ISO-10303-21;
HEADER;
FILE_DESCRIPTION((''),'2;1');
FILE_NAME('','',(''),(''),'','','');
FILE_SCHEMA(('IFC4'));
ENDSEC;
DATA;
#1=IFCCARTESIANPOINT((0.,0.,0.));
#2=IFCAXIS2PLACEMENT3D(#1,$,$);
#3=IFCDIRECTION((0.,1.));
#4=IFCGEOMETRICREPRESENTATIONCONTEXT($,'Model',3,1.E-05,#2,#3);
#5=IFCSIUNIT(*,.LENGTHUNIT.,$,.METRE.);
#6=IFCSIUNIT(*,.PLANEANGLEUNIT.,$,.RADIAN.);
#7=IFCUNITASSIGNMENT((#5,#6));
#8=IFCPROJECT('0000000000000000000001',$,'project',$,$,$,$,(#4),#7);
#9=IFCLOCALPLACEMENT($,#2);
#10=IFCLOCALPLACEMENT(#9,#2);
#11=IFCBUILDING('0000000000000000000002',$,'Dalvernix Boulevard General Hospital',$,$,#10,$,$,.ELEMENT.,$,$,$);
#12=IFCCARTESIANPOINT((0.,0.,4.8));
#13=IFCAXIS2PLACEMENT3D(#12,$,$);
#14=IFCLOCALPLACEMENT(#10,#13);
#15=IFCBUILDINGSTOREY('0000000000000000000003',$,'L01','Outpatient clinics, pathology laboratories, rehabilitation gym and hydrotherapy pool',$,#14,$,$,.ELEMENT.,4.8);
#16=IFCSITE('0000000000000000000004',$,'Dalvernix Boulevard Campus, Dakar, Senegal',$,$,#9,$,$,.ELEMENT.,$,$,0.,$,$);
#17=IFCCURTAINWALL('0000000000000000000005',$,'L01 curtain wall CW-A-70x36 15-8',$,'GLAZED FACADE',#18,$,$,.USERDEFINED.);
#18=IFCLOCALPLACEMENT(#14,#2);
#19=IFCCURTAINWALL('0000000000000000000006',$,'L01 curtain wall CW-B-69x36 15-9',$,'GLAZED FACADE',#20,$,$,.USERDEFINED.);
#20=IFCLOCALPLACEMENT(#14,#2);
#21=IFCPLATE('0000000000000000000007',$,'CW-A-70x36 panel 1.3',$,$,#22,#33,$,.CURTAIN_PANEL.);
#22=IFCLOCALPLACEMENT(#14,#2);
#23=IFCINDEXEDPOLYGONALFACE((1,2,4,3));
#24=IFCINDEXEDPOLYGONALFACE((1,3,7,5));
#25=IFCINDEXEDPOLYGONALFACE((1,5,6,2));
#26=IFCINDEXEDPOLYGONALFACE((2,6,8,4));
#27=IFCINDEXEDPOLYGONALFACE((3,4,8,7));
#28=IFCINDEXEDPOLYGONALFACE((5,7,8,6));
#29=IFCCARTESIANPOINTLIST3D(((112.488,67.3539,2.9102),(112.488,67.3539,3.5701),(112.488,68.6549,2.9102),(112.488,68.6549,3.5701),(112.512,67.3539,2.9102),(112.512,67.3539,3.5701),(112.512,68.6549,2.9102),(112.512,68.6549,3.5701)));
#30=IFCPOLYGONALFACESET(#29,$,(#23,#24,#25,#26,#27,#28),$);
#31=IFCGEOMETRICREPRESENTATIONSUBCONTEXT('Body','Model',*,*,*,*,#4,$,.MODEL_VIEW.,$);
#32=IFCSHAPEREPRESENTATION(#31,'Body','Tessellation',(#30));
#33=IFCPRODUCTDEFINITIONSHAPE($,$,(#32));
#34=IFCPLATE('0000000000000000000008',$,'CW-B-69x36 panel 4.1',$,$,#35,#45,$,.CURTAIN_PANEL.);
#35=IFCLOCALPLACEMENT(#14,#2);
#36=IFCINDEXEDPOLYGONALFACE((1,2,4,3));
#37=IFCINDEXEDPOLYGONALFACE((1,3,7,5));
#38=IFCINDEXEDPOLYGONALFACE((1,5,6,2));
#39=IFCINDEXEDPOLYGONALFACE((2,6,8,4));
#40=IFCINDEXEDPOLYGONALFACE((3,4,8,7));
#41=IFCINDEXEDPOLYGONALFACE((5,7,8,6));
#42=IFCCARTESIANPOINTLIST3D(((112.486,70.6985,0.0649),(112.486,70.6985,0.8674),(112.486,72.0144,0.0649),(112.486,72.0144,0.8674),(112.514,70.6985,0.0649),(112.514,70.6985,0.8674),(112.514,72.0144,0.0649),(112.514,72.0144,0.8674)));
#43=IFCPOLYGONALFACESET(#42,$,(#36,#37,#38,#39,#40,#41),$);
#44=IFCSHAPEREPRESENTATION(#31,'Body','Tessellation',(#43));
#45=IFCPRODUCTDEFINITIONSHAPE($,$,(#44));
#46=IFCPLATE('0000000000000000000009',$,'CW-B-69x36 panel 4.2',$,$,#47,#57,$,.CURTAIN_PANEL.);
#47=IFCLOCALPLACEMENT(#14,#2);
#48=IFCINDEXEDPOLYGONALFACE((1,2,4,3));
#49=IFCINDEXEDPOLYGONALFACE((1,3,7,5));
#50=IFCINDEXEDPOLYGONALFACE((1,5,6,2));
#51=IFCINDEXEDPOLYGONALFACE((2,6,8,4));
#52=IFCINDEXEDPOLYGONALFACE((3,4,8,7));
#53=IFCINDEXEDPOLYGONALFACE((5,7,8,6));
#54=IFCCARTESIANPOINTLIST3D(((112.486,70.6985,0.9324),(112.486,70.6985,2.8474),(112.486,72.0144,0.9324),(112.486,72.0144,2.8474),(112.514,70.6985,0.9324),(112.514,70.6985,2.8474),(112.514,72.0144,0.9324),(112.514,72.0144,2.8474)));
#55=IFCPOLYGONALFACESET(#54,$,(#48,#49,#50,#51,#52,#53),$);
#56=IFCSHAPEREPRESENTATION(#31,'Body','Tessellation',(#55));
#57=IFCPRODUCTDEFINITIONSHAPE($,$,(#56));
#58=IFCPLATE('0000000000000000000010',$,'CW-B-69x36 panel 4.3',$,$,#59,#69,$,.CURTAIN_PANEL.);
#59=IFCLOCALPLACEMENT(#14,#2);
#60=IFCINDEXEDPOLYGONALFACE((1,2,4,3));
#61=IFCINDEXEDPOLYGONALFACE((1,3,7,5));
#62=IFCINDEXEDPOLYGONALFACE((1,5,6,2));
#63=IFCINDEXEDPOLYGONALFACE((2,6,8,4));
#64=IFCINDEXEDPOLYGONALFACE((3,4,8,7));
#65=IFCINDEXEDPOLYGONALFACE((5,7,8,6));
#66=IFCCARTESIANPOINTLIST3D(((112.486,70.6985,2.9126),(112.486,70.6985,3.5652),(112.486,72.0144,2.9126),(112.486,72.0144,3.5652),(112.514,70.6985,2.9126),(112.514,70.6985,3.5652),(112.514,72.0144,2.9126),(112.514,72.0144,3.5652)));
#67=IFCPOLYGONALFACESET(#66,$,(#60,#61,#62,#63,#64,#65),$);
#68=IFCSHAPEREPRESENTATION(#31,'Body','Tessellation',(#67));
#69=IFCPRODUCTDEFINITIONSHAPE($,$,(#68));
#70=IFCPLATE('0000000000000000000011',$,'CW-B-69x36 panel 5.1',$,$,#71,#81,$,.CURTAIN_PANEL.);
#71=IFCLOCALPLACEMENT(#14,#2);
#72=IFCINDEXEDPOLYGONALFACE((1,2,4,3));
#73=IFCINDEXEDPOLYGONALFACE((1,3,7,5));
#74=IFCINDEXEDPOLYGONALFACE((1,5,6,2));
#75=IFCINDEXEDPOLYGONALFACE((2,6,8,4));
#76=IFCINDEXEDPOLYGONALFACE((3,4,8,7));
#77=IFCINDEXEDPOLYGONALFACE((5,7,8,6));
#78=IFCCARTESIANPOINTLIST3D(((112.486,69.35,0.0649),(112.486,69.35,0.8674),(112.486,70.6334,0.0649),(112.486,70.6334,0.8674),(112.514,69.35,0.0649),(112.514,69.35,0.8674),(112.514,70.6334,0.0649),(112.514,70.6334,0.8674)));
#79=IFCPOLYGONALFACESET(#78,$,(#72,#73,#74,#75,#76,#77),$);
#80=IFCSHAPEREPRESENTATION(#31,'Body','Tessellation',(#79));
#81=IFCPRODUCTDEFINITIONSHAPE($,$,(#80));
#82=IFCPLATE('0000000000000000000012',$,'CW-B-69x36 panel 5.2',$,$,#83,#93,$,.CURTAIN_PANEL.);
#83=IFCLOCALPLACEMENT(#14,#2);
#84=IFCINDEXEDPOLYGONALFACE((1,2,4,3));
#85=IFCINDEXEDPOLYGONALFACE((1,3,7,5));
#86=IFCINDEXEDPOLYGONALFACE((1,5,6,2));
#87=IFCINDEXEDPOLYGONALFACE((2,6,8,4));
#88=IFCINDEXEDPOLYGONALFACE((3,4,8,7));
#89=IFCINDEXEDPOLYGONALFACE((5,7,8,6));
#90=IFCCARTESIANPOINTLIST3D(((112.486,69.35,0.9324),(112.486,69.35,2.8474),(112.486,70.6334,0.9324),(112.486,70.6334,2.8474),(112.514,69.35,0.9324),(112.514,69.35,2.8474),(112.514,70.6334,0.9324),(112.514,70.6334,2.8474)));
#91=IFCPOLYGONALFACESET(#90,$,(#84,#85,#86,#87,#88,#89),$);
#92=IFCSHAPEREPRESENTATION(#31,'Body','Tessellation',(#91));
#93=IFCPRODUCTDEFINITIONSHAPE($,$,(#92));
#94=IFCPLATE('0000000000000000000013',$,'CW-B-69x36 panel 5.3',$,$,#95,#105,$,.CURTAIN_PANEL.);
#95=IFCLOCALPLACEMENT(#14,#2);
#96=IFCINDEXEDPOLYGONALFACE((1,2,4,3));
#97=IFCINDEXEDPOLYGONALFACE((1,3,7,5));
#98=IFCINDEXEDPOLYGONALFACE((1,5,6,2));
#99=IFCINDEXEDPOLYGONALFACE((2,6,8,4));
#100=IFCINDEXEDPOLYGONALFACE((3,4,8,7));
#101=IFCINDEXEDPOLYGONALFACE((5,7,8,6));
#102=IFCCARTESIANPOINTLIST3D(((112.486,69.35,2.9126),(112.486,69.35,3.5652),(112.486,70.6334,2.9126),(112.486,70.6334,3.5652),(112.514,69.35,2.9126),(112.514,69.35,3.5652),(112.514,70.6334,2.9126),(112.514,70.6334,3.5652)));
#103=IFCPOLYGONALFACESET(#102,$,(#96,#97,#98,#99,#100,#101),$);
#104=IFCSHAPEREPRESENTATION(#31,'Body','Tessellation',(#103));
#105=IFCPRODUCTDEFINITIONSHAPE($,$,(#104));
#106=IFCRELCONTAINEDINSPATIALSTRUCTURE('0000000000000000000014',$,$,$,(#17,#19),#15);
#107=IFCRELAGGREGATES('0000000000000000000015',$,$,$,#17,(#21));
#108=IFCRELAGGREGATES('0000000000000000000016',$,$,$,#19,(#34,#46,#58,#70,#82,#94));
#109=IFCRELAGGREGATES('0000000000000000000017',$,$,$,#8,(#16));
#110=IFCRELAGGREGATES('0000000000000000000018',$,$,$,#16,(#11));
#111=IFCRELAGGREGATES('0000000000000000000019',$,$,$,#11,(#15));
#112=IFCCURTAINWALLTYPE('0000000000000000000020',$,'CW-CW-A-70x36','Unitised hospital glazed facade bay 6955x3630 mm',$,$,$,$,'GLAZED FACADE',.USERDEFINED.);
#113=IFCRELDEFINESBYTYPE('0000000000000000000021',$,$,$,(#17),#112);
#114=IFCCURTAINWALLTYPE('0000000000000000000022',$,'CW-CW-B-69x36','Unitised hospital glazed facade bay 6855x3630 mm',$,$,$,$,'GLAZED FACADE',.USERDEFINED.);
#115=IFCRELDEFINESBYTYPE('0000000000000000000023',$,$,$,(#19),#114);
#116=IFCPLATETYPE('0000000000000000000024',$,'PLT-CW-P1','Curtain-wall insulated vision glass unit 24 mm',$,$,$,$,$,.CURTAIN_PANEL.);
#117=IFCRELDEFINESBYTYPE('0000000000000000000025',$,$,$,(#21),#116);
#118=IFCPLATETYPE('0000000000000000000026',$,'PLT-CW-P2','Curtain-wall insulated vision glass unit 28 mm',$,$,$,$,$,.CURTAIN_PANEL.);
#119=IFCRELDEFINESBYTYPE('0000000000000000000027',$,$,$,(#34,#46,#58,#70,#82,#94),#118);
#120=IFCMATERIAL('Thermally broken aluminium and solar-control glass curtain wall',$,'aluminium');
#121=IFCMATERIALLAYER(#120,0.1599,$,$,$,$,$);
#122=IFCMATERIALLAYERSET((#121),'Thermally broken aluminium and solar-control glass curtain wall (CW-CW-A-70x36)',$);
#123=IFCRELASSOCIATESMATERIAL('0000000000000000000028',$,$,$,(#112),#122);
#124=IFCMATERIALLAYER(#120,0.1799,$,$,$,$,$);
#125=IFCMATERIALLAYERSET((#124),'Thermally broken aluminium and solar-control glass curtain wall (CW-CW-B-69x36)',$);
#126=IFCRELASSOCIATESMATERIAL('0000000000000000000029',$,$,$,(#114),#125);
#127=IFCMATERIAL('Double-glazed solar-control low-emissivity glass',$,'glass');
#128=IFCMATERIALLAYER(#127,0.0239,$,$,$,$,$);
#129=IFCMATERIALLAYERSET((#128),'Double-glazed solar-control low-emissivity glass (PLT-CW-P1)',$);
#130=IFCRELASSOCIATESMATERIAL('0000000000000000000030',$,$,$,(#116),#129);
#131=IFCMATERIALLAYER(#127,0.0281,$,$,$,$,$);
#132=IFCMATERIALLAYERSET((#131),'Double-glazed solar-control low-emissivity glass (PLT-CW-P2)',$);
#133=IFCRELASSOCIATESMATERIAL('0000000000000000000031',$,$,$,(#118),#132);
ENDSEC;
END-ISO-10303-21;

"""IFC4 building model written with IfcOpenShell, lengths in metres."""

from ifc_helpers import new_model, si_unit, direction, frame, origin, origin_2d, place, context, subcontext, project, spatial, rectangle, extrude, material, layer, layer_set, type_object, element, aggregate, save


model = new_model("IFC4")

# Units and contexts
model_context = context("Model", 3, precision=1e-05, world=origin(), true_north=direction((0.0, 1.0)))
body_context = subcontext(model_context, "Body", "Model", "MODEL_VIEW")
ifc_project = project(units=[si_unit("LENGTHUNIT", "METRE"), si_unit("PLANEANGLEUNIT", "RADIAN")], contexts=[model_context])

# Site, building, storey
site_placement = place(None, origin())
site = spatial("IfcSite", under=ifc_project, at=site_placement, Name="Dalvernix Boulevard Campus, Dakar, Senegal", CompositionType="ELEMENT", RefElevation=0.0)
building_placement = place(site_placement, origin())
building = spatial("IfcBuilding", under=site, at=building_placement, Name="Dalvernix Boulevard General Hospital", CompositionType="ELEMENT")
storey_placement = place(building_placement, frame((0.0, 0.0, 4.8)))
storey = spatial("IfcBuildingStorey", under=building, at=storey_placement, Name="L01", Description="Outpatient clinics, pathology laboratories, rehabilitation gym and hydrotherapy pool", CompositionType="ELEMENT", Elevation=4.8)

# Curtain wall
ifc_material_1 = material(Name="Thermally broken aluminium and solar-control glass curtain wall", Category="aluminium")
ifc_layer_1 = layer(ifc_material_1, 0.1599)
ifc_layer_set_1 = layer_set([ifc_layer_1], Name="Thermally broken aluminium and solar-control glass curtain wall (CW-CW-A-70x36)")
curtain_wall_type_1 = type_object("IfcCurtainWallType", Name="CW-CW-A-70x36", Description="Unitised hospital glazed facade bay 6955x3630 mm", ElementType="GLAZED FACADE", PredefinedType="USERDEFINED", material=ifc_layer_set_1)
curtain_wall_1_placement = place(storey_placement, origin())
curtain_wall_1 = element("IfcCurtainWall", 1, at=curtain_wall_1_placement, inside=storey, type_object=curtain_wall_type_1, Name="L01 curtain wall CW-A-70x36 15-8", ObjectType="GLAZED FACADE", PredefinedType="USERDEFINED")

# Curtain wall
ifc_layer_2 = layer(ifc_material_1, 0.1799)
ifc_layer_set_2 = layer_set([ifc_layer_2], Name="Thermally broken aluminium and solar-control glass curtain wall (CW-CW-B-69x36)")
curtain_wall_type_2 = type_object("IfcCurtainWallType", Name="CW-CW-B-69x36", Description="Unitised hospital glazed facade bay 6855x3630 mm", ElementType="GLAZED FACADE", PredefinedType="USERDEFINED", material=ifc_layer_set_2)
curtain_wall_2_placement = place(storey_placement, origin())
curtain_wall_2 = element("IfcCurtainWall", 2, at=curtain_wall_2_placement, inside=storey, type_object=curtain_wall_type_2, Name="L01 curtain wall CW-B-69x36 15-9", ObjectType="GLAZED FACADE", PredefinedType="USERDEFINED")

# Plates
ifc_material_2 = material(Name="Double-glazed solar-control low-emissivity glass", Category="glass")
ifc_layer_3 = layer(ifc_material_2, 0.0239)
ifc_layer_set_3 = layer_set([ifc_layer_3], Name="Double-glazed solar-control low-emissivity glass (PLT-CW-P1)")
plate_type_1 = type_object("IfcPlateType", Name="PLT-CW-P1", Description="Curtain-wall insulated vision glass unit 24 mm", PredefinedType="CURTAIN_PANEL", material=ifc_layer_set_3)
plate_1_placement = place(storey_placement, frame((112.5, 68.0044, 2.9102), z_axis=(0.0, 0.0, 1.0), x_axis=(0.0, -1.0, 0.0)))
plate_1 = element("IfcPlate", 3, at=plate_1_placement, type_object=plate_type_1, Name="CW-A-70x36 panel 1.3", PredefinedType="CURTAIN_PANEL", context=body_context, shape_type="SweptSolid", body=[
    extrude(rectangle(XDim=1.301, YDim=0.0239, at=origin_2d()), origin(), (0.0, 0.0, 1.0), 0.6599),
])
aggregate(curtain_wall_1, [plate_1])
ifc_layer_4 = layer(ifc_material_2, 0.0281)
ifc_layer_set_4 = layer_set([ifc_layer_4], Name="Double-glazed solar-control low-emissivity glass (PLT-CW-P2)")
plate_type_2 = type_object("IfcPlateType", Name="PLT-CW-P2", Description="Curtain-wall insulated vision glass unit 28 mm", PredefinedType="CURTAIN_PANEL", material=ifc_layer_set_4)
plate_2_placement = place(storey_placement, frame((112.5, 71.3564, 0.0649), z_axis=(0.0, 0.0, 1.0), x_axis=(0.0, -1.0, 0.0)))
plate_2 = element("IfcPlate", 4, at=plate_2_placement, type_object=plate_type_2, Name="CW-B-69x36 panel 4.1", PredefinedType="CURTAIN_PANEL", context=body_context, shape_type="SweptSolid", body=[
    extrude(rectangle(XDim=1.3159, YDim=0.0281, at=origin_2d()), origin(), (0.0, 0.0, 1.0), 0.8025),
])
plate_3_placement = place(storey_placement, frame((112.5, 71.3564, 0.9324), z_axis=(0.0, 0.0, 1.0), x_axis=(0.0, -1.0, 0.0)))
plate_3 = element("IfcPlate", 5, at=plate_3_placement, type_object=plate_type_2, Name="CW-B-69x36 panel 4.2", PredefinedType="CURTAIN_PANEL", context=body_context, shape_type="SweptSolid", body=[
    extrude(rectangle(XDim=1.3159, YDim=0.0281, at=origin_2d()), origin(), (0.0, 0.0, 1.0), 1.915),
])
plate_4_placement = place(storey_placement, frame((112.5, 71.3564, 2.9126), z_axis=(0.0, 0.0, 1.0), x_axis=(0.0, -1.0, 0.0)))
plate_4 = element("IfcPlate", 6, at=plate_4_placement, type_object=plate_type_2, Name="CW-B-69x36 panel 4.3", PredefinedType="CURTAIN_PANEL", context=body_context, shape_type="SweptSolid", body=[
    extrude(rectangle(XDim=1.3159, YDim=0.0281, at=origin_2d()), origin(), (0.0, 0.0, 1.0), 0.6526),
])
plate_5_placement = place(storey_placement, frame((112.5, 69.9917, 0.0649), z_axis=(0.0, 0.0, 1.0), x_axis=(0.0, -1.0, 0.0)))
plate_5 = element("IfcPlate", 7, at=plate_5_placement, type_object=plate_type_2, Name="CW-B-69x36 panel 5.1", PredefinedType="CURTAIN_PANEL", context=body_context, shape_type="SweptSolid", body=[
    extrude(rectangle(XDim=1.2834, YDim=0.0281, at=origin_2d()), origin(), (0.0, 0.0, 1.0), 0.8025),
])
plate_6_placement = place(storey_placement, frame((112.5, 69.9917, 0.9324), z_axis=(0.0, 0.0, 1.0), x_axis=(0.0, -1.0, 0.0)))
plate_6 = element("IfcPlate", 8, at=plate_6_placement, type_object=plate_type_2, Name="CW-B-69x36 panel 5.2", PredefinedType="CURTAIN_PANEL", context=body_context, shape_type="SweptSolid", body=[
    extrude(rectangle(XDim=1.2834, YDim=0.0281, at=origin_2d()), origin(), (0.0, 0.0, 1.0), 1.915),
])
plate_7_placement = place(storey_placement, frame((112.5, 69.9917, 2.9126), z_axis=(0.0, 0.0, 1.0), x_axis=(0.0, -1.0, 0.0)))
plate_7 = element("IfcPlate", 9, at=plate_7_placement, type_object=plate_type_2, Name="CW-B-69x36 panel 5.3", PredefinedType="CURTAIN_PANEL", context=body_context, shape_type="SweptSolid", body=[
    extrude(rectangle(XDim=1.2834, YDim=0.0281, at=origin_2d()), origin(), (0.0, 0.0, 1.0), 0.6526),
])
aggregate(curtain_wall_2, [plate_2, plate_3, plate_4, plate_5, plate_6, plate_7])

save(model, "model.ifc")
